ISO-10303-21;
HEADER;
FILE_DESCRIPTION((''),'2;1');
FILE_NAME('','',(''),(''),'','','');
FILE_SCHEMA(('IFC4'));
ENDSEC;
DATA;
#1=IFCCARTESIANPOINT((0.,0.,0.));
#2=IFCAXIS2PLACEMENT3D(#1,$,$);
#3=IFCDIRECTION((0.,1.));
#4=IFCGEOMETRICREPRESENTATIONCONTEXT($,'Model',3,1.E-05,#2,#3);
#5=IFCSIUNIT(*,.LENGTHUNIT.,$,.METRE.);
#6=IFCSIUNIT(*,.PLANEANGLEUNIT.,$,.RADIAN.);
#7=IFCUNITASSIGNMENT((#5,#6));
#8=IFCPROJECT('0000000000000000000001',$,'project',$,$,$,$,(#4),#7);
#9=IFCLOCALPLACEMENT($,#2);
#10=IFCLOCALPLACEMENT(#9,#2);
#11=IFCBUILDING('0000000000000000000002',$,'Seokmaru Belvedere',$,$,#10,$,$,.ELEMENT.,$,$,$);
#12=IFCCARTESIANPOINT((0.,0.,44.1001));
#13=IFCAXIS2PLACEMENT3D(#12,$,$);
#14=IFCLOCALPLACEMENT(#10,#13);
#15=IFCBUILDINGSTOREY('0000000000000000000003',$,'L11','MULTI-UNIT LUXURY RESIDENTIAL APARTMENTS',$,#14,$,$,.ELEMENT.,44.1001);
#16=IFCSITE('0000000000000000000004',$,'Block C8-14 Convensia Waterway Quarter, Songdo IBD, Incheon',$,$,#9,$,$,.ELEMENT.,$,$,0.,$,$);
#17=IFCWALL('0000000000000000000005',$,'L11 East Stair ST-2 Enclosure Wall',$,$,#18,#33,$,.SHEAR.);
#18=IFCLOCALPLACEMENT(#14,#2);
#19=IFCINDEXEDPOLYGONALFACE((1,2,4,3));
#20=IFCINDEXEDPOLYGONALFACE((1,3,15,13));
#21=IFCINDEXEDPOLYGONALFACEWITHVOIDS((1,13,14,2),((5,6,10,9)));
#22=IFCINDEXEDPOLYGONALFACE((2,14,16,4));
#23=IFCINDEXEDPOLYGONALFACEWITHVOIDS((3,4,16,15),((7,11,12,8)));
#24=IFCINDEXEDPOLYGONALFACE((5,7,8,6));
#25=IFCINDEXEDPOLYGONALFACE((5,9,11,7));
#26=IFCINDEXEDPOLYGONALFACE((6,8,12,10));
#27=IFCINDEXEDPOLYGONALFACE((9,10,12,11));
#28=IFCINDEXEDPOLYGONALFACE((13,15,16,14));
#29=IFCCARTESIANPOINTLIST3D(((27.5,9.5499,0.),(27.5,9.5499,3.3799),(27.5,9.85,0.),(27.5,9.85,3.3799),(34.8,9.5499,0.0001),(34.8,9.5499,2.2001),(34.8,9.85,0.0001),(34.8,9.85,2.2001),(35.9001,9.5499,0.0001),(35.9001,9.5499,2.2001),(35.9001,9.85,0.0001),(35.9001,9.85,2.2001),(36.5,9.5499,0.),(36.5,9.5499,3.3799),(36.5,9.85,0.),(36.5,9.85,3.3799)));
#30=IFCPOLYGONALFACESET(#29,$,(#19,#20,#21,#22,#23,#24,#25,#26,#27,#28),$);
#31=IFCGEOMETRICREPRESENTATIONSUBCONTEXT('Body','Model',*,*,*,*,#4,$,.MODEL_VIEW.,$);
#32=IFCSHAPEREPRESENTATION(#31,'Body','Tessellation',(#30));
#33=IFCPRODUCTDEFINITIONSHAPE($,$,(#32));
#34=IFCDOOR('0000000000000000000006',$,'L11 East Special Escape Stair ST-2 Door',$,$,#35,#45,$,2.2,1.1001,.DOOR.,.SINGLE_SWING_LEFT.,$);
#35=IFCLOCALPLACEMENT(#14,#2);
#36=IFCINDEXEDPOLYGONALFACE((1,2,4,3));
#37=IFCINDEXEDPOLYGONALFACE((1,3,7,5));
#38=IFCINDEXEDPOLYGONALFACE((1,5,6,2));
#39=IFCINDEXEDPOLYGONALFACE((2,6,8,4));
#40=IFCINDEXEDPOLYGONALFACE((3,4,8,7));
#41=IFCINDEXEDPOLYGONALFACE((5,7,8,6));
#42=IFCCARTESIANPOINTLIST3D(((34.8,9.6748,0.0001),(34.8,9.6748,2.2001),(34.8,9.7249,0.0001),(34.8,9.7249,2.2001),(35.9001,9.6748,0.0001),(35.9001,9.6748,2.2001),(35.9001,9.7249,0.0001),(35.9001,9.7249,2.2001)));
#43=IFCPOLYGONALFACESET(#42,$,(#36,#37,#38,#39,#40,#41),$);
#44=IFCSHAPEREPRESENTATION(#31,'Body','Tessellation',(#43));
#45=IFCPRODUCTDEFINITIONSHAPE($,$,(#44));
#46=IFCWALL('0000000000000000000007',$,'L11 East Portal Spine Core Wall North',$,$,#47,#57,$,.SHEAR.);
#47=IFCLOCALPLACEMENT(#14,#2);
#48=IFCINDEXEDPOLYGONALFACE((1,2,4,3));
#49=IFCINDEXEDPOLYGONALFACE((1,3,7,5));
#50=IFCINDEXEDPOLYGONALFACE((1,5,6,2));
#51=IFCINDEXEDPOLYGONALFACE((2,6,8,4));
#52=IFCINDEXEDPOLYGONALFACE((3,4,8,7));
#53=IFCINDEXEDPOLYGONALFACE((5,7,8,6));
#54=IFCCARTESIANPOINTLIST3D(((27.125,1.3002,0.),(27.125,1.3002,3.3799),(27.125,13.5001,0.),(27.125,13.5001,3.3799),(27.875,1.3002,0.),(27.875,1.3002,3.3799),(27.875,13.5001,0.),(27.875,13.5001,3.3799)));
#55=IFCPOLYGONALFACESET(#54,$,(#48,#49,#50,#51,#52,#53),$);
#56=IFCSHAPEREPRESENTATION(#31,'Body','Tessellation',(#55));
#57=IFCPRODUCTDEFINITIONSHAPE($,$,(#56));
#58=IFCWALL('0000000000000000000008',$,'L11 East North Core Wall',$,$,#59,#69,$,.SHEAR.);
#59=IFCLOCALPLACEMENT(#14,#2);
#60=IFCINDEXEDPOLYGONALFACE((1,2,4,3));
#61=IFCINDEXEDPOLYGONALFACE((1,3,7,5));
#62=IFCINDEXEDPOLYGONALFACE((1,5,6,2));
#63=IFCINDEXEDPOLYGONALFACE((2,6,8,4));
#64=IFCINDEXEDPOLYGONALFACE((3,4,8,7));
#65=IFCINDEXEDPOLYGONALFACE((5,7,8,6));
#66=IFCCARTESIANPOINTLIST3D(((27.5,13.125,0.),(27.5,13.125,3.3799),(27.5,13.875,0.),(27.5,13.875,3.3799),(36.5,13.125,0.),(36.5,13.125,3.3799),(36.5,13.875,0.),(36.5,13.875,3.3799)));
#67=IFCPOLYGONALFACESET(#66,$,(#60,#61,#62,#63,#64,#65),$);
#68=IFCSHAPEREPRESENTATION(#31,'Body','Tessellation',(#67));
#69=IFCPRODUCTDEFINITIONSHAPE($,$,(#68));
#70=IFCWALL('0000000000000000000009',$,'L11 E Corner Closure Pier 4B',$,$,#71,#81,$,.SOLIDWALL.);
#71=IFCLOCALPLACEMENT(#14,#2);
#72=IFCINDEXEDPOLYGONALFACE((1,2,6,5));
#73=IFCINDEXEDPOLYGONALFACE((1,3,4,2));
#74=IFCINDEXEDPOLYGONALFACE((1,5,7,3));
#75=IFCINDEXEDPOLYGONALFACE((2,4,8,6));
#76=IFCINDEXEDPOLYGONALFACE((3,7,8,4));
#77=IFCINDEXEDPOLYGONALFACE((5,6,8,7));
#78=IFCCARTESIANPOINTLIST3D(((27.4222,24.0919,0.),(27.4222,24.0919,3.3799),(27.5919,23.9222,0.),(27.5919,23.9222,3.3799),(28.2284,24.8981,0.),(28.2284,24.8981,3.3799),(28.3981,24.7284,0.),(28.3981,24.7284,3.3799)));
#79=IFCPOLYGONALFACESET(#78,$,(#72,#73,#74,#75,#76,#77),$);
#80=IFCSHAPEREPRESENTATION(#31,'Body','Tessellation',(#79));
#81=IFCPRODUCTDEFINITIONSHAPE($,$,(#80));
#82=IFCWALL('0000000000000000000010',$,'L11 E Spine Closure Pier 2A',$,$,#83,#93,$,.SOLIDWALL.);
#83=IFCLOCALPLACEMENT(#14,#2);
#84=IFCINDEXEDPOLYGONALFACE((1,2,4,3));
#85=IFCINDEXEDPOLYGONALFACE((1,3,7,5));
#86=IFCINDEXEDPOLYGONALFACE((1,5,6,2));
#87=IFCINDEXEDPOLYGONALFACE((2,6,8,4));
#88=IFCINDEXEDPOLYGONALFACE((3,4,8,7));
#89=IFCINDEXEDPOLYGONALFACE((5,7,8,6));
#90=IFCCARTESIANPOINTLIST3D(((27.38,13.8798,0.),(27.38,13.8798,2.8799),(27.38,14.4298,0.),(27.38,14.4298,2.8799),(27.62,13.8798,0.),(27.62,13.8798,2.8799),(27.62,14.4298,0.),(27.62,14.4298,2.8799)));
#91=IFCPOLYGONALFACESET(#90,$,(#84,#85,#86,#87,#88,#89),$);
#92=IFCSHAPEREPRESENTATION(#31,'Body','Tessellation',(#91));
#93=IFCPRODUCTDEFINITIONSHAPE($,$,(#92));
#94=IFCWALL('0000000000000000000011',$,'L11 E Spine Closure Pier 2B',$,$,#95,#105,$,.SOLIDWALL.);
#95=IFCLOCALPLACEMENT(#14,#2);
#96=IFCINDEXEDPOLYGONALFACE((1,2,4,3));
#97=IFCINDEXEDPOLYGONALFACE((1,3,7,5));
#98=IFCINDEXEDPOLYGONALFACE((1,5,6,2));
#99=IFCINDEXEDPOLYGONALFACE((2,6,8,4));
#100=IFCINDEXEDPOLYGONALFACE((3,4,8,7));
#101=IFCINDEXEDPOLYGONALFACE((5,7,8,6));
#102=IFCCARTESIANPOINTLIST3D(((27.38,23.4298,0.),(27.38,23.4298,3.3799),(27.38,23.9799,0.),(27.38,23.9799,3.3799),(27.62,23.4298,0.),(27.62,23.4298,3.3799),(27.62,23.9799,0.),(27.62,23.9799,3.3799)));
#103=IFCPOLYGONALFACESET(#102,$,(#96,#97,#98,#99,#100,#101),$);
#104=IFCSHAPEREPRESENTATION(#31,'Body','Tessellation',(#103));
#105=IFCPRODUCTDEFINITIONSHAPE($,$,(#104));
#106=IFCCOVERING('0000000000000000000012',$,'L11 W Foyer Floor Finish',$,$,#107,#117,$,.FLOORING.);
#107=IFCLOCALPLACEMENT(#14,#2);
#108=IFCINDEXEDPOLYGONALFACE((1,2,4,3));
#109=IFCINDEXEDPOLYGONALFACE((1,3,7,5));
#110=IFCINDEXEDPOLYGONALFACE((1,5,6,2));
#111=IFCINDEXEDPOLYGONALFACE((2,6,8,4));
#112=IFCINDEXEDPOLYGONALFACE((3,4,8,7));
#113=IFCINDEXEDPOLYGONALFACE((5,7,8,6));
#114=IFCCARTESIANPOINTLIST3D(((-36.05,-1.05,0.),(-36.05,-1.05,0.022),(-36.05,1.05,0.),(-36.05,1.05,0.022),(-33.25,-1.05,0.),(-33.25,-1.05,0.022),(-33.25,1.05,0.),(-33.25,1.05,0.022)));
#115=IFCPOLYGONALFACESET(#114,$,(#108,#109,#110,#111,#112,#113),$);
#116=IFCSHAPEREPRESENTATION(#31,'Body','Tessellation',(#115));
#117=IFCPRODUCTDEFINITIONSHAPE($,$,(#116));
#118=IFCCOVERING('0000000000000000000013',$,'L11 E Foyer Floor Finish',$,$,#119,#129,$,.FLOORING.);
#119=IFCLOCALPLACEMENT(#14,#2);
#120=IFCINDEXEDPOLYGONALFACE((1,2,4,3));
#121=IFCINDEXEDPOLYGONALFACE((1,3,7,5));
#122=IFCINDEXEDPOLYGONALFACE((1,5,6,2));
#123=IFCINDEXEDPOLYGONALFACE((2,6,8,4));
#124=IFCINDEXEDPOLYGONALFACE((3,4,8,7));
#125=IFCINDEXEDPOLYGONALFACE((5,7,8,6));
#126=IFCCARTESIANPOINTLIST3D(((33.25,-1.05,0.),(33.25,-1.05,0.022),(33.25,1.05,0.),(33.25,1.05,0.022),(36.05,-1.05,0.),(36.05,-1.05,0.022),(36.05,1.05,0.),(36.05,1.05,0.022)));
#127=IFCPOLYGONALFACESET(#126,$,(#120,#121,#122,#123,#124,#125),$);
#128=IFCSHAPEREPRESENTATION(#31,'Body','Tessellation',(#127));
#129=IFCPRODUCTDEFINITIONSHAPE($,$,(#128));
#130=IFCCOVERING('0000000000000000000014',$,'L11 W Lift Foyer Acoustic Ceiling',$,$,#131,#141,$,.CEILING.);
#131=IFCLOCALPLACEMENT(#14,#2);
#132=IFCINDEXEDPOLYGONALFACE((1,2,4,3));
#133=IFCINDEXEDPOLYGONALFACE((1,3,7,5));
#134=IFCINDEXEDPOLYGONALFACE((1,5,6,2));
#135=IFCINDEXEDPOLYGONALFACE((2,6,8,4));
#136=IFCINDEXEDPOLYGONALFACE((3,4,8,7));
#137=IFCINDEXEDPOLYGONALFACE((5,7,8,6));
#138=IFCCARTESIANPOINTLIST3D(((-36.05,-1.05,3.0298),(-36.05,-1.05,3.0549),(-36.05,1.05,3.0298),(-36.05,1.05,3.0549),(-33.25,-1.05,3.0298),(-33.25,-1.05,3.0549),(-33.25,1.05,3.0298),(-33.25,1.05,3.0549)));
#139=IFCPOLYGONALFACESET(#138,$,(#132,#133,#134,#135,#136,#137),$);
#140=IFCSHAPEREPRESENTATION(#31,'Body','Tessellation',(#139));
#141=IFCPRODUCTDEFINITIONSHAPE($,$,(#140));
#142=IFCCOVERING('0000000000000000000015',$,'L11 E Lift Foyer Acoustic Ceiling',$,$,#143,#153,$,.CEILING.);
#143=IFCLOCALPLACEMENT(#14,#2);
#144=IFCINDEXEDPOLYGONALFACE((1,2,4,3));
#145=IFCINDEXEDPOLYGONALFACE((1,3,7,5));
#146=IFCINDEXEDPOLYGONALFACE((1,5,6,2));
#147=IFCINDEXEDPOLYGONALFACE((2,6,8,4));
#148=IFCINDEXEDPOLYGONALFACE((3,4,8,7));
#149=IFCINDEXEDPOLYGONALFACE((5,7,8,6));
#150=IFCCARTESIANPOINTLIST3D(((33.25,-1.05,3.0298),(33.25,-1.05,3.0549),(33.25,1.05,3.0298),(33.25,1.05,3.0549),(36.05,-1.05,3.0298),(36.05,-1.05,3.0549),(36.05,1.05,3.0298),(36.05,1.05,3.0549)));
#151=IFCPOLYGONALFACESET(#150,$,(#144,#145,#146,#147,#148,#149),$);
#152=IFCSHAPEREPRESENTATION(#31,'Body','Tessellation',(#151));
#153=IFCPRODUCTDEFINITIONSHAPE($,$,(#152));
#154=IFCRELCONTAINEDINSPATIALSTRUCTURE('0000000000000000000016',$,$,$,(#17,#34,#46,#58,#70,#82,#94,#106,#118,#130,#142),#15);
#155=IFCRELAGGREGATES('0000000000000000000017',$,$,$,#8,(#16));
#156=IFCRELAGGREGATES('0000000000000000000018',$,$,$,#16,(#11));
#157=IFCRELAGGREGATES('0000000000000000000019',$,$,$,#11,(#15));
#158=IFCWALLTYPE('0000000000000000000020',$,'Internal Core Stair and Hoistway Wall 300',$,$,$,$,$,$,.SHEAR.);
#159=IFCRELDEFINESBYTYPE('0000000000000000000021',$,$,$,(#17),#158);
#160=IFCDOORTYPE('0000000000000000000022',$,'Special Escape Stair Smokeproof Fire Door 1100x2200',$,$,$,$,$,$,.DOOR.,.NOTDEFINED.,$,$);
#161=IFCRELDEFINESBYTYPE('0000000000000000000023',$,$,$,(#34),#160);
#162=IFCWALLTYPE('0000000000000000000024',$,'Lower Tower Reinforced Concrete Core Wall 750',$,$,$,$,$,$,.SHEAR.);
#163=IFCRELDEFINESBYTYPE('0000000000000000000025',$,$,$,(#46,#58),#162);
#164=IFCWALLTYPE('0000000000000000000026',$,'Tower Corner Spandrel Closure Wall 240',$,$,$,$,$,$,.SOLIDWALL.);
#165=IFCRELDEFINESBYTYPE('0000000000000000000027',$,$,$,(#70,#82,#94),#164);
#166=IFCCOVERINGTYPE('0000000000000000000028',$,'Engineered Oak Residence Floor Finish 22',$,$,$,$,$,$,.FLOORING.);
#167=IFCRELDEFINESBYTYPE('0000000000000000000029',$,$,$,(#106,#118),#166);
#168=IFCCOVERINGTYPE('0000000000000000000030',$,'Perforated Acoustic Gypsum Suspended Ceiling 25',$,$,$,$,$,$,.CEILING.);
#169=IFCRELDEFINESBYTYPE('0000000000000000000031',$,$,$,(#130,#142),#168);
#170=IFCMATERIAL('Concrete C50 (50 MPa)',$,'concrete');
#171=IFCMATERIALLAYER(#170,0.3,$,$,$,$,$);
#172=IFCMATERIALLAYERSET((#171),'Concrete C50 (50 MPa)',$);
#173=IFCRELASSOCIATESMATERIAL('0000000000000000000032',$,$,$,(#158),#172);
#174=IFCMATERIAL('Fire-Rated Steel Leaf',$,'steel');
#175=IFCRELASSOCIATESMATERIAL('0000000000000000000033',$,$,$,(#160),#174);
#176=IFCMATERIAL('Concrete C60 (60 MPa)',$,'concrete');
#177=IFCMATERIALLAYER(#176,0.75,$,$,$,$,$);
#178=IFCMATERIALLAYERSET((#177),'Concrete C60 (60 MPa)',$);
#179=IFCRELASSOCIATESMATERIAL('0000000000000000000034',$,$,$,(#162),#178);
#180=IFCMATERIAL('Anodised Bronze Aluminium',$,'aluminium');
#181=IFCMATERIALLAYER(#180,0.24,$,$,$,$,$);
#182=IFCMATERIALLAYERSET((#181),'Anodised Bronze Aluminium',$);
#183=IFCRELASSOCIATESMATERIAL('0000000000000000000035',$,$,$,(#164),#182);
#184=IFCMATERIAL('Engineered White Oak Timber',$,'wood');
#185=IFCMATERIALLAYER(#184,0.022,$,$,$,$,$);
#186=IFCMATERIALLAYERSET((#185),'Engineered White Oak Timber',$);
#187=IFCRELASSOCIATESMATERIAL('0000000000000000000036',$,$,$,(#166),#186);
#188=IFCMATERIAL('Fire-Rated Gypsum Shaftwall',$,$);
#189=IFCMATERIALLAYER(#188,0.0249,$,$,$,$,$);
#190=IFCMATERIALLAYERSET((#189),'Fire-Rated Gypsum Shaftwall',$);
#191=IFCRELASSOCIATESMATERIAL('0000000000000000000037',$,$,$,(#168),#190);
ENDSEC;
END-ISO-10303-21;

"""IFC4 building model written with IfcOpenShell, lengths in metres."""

from ifc_helpers import new_model, si_unit, direction, frame, frame_2d, origin, place, context, subcontext, project, spatial, polyline, rectangle, outline, extrude, source, transform, mapped, material, layer, layer_set, type_object, type_shapes, element, fill, save


model = new_model("IFC4")

# Units and contexts
model_context = context("Model", 3, precision=1e-05, world=origin(), true_north=direction((0.0, 1.0)))
body_context = subcontext(model_context, "Body", "Model", "MODEL_VIEW")
ifc_project = project(units=[si_unit("LENGTHUNIT", "METRE"), si_unit("PLANEANGLEUNIT", "RADIAN")], contexts=[model_context])

# Site, building, storey
site_placement = place(None, origin())
site = spatial("IfcSite", under=ifc_project, at=site_placement, Name="Block C8-14 Convensia Waterway Quarter, Songdo IBD, Incheon", CompositionType="ELEMENT", RefElevation=0.0)
building_placement = place(site_placement, origin())
building = spatial("IfcBuilding", under=site, at=building_placement, Name="Seokmaru Belvedere", CompositionType="ELEMENT")
storey_placement = place(building_placement, frame((0.0, 0.0, 44.1001)))
storey = spatial("IfcBuildingStorey", under=building, at=storey_placement, Name="L11", Description="MULTI-UNIT LUXURY RESIDENTIAL APARTMENTS", CompositionType="ELEMENT", Elevation=44.1001)

# Shared definitions
ifc_material_1 = material(Name="Anodised Bronze Aluminium", Category="aluminium")

# Shared definitions
ifc_material_2 = material(Name="Concrete C50 (50 MPa)", Category="concrete")

# Wall, opening, door
ifc_layer_1 = layer(ifc_material_2, 0.3)
ifc_layer_set_1 = layer_set([ifc_layer_1], Name="Concrete C50 (50 MPa)")
wall_type_1 = type_object("IfcWallType", Name="Internal Core Stair and Hoistway Wall 300", PredefinedType="SHEAR", material=ifc_layer_set_1)
wall_1_placement = place(storey_placement, frame((27.5, 9.7, 0.0), z_axis=(0.0, 0.0, 1.0), x_axis=(1.0, 0.0, 0.0)))
wall_1 = element("IfcWall", 1, at=wall_1_placement, inside=storey, type_object=wall_type_1, Name="L11 East Stair ST-2 Enclosure Wall", PredefinedType="SHEAR", context=body_context, shape_type="SweptSolid", body=[
    extrude(rectangle(XDim=9.0, YDim=0.3, at=frame_2d((4.5, 0.0))), origin(), (0.0, 0.0, 1.0), 3.3799),
])
opening_placement = place(wall_1_placement, frame((7.3, 0.0, 0.0)))
opening = element("IfcOpeningElement", 2, at=opening_placement, cuts=wall_1, PredefinedType="OPENING", context=body_context, shape_type="SweptSolid", body=[
    extrude(rectangle(XDim=1.1001, YDim=2.2, at=frame_2d((0.55, 1.1001))), frame((0.0, 0.1602, 0.0), z_axis=(0.0, -1.0, 0.0), x_axis=(1.0, 0.0, 0.0)), (0.0, 0.0, 1.0), 0.3201),
])
ifc_material_3 = material(Name="Fire-Rated Steel Leaf", Category="steel")
door_type = type_object("IfcDoorType", Name="Special Escape Stair Smokeproof Fire Door 1100x2200", OperationType="NOTDEFINED", PredefinedType="DOOR", material=ifc_material_3)
shared_shape_1 = source(origin(), body_context, "Body", "SweptSolid", [
    extrude(rectangle(XDim=1.1001, YDim=2.2, at=frame_2d((0.55, 1.1001))), frame((0.0, 0.0249, 0.0), z_axis=(0.0, -1.0, 0.0), x_axis=(1.0, 0.0, 0.0)), (0.0, 0.0, 1.0), 0.05),
])
type_shapes(door_type, [shared_shape_1])
door_placement = place(opening_placement, origin())
door = element("IfcDoor", 3, at=door_placement, inside=storey, type_object=door_type, Name="L11 East Special Escape Stair ST-2 Door", OperationType="SINGLE_SWING_LEFT", OverallHeight=2.2, OverallWidth=1.1001, PredefinedType="DOOR", context=body_context, shape_type="MappedRepresentation", body=[
    mapped(shared_shape_1, transform((0.0, 0.0, 0.0), scale=1.0)),
])
fill(opening, door)

# Walls
ifc_material_4 = material(Name="Concrete C60 (60 MPa)", Category="concrete")
ifc_layer_2 = layer(ifc_material_4, 0.75)
ifc_layer_set_2 = layer_set([ifc_layer_2], Name="Concrete C60 (60 MPa)")
wall_type_2 = type_object("IfcWallType", Name="Lower Tower Reinforced Concrete Core Wall 750", PredefinedType="SHEAR", material=ifc_layer_set_2)
wall_2_placement = place(storey_placement, frame((27.5, 1.3, 0.0), z_axis=(0.0, 0.0, 1.0), x_axis=(0.0, 1.0, 0.0)))
element("IfcWall", 4, at=wall_2_placement, inside=storey, type_object=wall_type_2, Name="L11 East Portal Spine Core Wall North", PredefinedType="SHEAR", context=body_context, shape_type="SweptSolid", body=[
    extrude(rectangle(XDim=12.2, YDim=0.75, at=frame_2d((6.1001, 0.0))), origin(), (0.0, 0.0, 1.0), 3.3799),
])
wall_3_placement = place(storey_placement, frame((27.5, 13.5, 0.0), z_axis=(0.0, 0.0, 1.0), x_axis=(1.0, 0.0, 0.0)))
element("IfcWall", 5, at=wall_3_placement, inside=storey, type_object=wall_type_2, Name="L11 East North Core Wall", PredefinedType="SHEAR", context=body_context, shape_type="SweptSolid", body=[
    extrude(rectangle(XDim=9.0, YDim=0.75, at=frame_2d((4.5, 0.0))), origin(), (0.0, 0.0, 1.0), 3.3799),
])
ifc_layer_3 = layer(ifc_material_1, 0.24)
ifc_layer_set_3 = layer_set([ifc_layer_3], Name="Anodised Bronze Aluminium")
wall_type_3 = type_object("IfcWallType", Name="Tower Corner Spandrel Closure Wall 240", PredefinedType="SOLIDWALL", material=ifc_layer_set_3)
wall_4_placement = place(storey_placement, frame((28.3132, 24.8132, 0.0), z_axis=(0.0, 0.0, 1.0), x_axis=(-0.707107, -0.707107, 0.0)))
element("IfcWall", 6, at=wall_4_placement, inside=storey, type_object=wall_type_3, Name="L11 E Corner Closure Pier 4B", PredefinedType="SOLIDWALL", context=body_context, shape_type="SweptSolid", body=[
    extrude(rectangle(XDim=1.1401, YDim=0.24, at=frame_2d((0.5701, 0.0))), origin(), (0.0, 0.0, 1.0), 3.3799),
])
wall_5_placement = place(storey_placement, frame((27.5, 13.8799, 0.0), z_axis=(0.0, 0.0, 1.0), x_axis=(0.0, 1.0, 0.0)))
element("IfcWall", 7, at=wall_5_placement, inside=storey, type_object=wall_type_3, Name="L11 E Spine Closure Pier 2A", PredefinedType="SOLIDWALL", context=body_context, shape_type="SweptSolid", body=[
    extrude(rectangle(XDim=0.55, YDim=0.24, at=frame_2d((0.2749, 0.0))), origin(), (0.0, 0.0, 1.0), 2.8799),
])
wall_6_placement = place(storey_placement, frame((27.5, 23.4299, 0.0), z_axis=(0.0, 0.0, 1.0), x_axis=(0.0, 1.0, 0.0)))
element("IfcWall", 8, at=wall_6_placement, inside=storey, type_object=wall_type_3, Name="L11 E Spine Closure Pier 2B", PredefinedType="SOLIDWALL", context=body_context, shape_type="SweptSolid", body=[
    extrude(rectangle(XDim=0.55, YDim=0.24, at=frame_2d((0.2749, 0.0))), origin(), (0.0, 0.0, 1.0), 3.3799),
])

# Coverings
ifc_material_5 = material(Name="Engineered White Oak Timber", Category="wood")
ifc_layer_4 = layer(ifc_material_5, 0.022)
ifc_layer_set_4 = layer_set([ifc_layer_4], Name="Engineered White Oak Timber")
covering_type_1 = type_object("IfcCoveringType", Name="Engineered Oak Residence Floor Finish 22", PredefinedType="FLOORING", material=ifc_layer_set_4)
covering_1_placement = place(storey_placement, origin())
element("IfcCovering", 9, at=covering_1_placement, inside=storey, type_object=covering_type_1, Name="L11 W Foyer Floor Finish", PredefinedType="FLOORING", context=body_context, shape_type="SweptSolid", body=[
    extrude(outline(polyline([(-36.05, -1.05), (-33.25, -1.05), (-33.25, 1.05), (-36.05, 1.05), (-36.05, -1.05)])), origin(), (0.0, 0.0, 1.0), 0.022),
])
covering_2_placement = place(storey_placement, origin())
element("IfcCovering", 10, at=covering_2_placement, inside=storey, type_object=covering_type_1, Name="L11 E Foyer Floor Finish", PredefinedType="FLOORING", context=body_context, shape_type="SweptSolid", body=[
    extrude(outline(polyline([(33.25, -1.05), (36.05, -1.05), (36.05, 1.05), (33.25, 1.05), (33.25, -1.05)])), origin(), (0.0, 0.0, 1.0), 0.022),
])
ifc_material_6 = material(Name="Fire-Rated Gypsum Shaftwall")
ifc_layer_5 = layer(ifc_material_6, 0.0249)
ifc_layer_set_5 = layer_set([ifc_layer_5], Name="Fire-Rated Gypsum Shaftwall")
covering_type_2 = type_object("IfcCoveringType", Name="Perforated Acoustic Gypsum Suspended Ceiling 25", PredefinedType="CEILING", material=ifc_layer_set_5)
covering_3_placement = place(storey_placement, frame((0.0, 0.0, 3.0298)))
element("IfcCovering", 11, at=covering_3_placement, inside=storey, type_object=covering_type_2, Name="L11 W Lift Foyer Acoustic Ceiling", PredefinedType="CEILING", context=body_context, shape_type="SweptSolid", body=[
    extrude(outline(polyline([(-36.05, -1.05), (-33.25, -1.05), (-33.25, 1.05), (-36.05, 1.05), (-36.05, -1.05)])), origin(), (0.0, 0.0, 1.0), 0.0251),
])
covering_4_placement = place(storey_placement, frame((0.0, 0.0, 3.0298)))
element("IfcCovering", 12, at=covering_4_placement, inside=storey, type_object=covering_type_2, Name="L11 E Lift Foyer Acoustic Ceiling", PredefinedType="CEILING", context=body_context, shape_type="SweptSolid", body=[
    extrude(outline(polyline([(33.25, -1.05), (36.05, -1.05), (36.05, 1.05), (33.25, 1.05), (33.25, -1.05)])), origin(), (0.0, 0.0, 1.0), 0.0251),
])

save(model, "model.ifc")
